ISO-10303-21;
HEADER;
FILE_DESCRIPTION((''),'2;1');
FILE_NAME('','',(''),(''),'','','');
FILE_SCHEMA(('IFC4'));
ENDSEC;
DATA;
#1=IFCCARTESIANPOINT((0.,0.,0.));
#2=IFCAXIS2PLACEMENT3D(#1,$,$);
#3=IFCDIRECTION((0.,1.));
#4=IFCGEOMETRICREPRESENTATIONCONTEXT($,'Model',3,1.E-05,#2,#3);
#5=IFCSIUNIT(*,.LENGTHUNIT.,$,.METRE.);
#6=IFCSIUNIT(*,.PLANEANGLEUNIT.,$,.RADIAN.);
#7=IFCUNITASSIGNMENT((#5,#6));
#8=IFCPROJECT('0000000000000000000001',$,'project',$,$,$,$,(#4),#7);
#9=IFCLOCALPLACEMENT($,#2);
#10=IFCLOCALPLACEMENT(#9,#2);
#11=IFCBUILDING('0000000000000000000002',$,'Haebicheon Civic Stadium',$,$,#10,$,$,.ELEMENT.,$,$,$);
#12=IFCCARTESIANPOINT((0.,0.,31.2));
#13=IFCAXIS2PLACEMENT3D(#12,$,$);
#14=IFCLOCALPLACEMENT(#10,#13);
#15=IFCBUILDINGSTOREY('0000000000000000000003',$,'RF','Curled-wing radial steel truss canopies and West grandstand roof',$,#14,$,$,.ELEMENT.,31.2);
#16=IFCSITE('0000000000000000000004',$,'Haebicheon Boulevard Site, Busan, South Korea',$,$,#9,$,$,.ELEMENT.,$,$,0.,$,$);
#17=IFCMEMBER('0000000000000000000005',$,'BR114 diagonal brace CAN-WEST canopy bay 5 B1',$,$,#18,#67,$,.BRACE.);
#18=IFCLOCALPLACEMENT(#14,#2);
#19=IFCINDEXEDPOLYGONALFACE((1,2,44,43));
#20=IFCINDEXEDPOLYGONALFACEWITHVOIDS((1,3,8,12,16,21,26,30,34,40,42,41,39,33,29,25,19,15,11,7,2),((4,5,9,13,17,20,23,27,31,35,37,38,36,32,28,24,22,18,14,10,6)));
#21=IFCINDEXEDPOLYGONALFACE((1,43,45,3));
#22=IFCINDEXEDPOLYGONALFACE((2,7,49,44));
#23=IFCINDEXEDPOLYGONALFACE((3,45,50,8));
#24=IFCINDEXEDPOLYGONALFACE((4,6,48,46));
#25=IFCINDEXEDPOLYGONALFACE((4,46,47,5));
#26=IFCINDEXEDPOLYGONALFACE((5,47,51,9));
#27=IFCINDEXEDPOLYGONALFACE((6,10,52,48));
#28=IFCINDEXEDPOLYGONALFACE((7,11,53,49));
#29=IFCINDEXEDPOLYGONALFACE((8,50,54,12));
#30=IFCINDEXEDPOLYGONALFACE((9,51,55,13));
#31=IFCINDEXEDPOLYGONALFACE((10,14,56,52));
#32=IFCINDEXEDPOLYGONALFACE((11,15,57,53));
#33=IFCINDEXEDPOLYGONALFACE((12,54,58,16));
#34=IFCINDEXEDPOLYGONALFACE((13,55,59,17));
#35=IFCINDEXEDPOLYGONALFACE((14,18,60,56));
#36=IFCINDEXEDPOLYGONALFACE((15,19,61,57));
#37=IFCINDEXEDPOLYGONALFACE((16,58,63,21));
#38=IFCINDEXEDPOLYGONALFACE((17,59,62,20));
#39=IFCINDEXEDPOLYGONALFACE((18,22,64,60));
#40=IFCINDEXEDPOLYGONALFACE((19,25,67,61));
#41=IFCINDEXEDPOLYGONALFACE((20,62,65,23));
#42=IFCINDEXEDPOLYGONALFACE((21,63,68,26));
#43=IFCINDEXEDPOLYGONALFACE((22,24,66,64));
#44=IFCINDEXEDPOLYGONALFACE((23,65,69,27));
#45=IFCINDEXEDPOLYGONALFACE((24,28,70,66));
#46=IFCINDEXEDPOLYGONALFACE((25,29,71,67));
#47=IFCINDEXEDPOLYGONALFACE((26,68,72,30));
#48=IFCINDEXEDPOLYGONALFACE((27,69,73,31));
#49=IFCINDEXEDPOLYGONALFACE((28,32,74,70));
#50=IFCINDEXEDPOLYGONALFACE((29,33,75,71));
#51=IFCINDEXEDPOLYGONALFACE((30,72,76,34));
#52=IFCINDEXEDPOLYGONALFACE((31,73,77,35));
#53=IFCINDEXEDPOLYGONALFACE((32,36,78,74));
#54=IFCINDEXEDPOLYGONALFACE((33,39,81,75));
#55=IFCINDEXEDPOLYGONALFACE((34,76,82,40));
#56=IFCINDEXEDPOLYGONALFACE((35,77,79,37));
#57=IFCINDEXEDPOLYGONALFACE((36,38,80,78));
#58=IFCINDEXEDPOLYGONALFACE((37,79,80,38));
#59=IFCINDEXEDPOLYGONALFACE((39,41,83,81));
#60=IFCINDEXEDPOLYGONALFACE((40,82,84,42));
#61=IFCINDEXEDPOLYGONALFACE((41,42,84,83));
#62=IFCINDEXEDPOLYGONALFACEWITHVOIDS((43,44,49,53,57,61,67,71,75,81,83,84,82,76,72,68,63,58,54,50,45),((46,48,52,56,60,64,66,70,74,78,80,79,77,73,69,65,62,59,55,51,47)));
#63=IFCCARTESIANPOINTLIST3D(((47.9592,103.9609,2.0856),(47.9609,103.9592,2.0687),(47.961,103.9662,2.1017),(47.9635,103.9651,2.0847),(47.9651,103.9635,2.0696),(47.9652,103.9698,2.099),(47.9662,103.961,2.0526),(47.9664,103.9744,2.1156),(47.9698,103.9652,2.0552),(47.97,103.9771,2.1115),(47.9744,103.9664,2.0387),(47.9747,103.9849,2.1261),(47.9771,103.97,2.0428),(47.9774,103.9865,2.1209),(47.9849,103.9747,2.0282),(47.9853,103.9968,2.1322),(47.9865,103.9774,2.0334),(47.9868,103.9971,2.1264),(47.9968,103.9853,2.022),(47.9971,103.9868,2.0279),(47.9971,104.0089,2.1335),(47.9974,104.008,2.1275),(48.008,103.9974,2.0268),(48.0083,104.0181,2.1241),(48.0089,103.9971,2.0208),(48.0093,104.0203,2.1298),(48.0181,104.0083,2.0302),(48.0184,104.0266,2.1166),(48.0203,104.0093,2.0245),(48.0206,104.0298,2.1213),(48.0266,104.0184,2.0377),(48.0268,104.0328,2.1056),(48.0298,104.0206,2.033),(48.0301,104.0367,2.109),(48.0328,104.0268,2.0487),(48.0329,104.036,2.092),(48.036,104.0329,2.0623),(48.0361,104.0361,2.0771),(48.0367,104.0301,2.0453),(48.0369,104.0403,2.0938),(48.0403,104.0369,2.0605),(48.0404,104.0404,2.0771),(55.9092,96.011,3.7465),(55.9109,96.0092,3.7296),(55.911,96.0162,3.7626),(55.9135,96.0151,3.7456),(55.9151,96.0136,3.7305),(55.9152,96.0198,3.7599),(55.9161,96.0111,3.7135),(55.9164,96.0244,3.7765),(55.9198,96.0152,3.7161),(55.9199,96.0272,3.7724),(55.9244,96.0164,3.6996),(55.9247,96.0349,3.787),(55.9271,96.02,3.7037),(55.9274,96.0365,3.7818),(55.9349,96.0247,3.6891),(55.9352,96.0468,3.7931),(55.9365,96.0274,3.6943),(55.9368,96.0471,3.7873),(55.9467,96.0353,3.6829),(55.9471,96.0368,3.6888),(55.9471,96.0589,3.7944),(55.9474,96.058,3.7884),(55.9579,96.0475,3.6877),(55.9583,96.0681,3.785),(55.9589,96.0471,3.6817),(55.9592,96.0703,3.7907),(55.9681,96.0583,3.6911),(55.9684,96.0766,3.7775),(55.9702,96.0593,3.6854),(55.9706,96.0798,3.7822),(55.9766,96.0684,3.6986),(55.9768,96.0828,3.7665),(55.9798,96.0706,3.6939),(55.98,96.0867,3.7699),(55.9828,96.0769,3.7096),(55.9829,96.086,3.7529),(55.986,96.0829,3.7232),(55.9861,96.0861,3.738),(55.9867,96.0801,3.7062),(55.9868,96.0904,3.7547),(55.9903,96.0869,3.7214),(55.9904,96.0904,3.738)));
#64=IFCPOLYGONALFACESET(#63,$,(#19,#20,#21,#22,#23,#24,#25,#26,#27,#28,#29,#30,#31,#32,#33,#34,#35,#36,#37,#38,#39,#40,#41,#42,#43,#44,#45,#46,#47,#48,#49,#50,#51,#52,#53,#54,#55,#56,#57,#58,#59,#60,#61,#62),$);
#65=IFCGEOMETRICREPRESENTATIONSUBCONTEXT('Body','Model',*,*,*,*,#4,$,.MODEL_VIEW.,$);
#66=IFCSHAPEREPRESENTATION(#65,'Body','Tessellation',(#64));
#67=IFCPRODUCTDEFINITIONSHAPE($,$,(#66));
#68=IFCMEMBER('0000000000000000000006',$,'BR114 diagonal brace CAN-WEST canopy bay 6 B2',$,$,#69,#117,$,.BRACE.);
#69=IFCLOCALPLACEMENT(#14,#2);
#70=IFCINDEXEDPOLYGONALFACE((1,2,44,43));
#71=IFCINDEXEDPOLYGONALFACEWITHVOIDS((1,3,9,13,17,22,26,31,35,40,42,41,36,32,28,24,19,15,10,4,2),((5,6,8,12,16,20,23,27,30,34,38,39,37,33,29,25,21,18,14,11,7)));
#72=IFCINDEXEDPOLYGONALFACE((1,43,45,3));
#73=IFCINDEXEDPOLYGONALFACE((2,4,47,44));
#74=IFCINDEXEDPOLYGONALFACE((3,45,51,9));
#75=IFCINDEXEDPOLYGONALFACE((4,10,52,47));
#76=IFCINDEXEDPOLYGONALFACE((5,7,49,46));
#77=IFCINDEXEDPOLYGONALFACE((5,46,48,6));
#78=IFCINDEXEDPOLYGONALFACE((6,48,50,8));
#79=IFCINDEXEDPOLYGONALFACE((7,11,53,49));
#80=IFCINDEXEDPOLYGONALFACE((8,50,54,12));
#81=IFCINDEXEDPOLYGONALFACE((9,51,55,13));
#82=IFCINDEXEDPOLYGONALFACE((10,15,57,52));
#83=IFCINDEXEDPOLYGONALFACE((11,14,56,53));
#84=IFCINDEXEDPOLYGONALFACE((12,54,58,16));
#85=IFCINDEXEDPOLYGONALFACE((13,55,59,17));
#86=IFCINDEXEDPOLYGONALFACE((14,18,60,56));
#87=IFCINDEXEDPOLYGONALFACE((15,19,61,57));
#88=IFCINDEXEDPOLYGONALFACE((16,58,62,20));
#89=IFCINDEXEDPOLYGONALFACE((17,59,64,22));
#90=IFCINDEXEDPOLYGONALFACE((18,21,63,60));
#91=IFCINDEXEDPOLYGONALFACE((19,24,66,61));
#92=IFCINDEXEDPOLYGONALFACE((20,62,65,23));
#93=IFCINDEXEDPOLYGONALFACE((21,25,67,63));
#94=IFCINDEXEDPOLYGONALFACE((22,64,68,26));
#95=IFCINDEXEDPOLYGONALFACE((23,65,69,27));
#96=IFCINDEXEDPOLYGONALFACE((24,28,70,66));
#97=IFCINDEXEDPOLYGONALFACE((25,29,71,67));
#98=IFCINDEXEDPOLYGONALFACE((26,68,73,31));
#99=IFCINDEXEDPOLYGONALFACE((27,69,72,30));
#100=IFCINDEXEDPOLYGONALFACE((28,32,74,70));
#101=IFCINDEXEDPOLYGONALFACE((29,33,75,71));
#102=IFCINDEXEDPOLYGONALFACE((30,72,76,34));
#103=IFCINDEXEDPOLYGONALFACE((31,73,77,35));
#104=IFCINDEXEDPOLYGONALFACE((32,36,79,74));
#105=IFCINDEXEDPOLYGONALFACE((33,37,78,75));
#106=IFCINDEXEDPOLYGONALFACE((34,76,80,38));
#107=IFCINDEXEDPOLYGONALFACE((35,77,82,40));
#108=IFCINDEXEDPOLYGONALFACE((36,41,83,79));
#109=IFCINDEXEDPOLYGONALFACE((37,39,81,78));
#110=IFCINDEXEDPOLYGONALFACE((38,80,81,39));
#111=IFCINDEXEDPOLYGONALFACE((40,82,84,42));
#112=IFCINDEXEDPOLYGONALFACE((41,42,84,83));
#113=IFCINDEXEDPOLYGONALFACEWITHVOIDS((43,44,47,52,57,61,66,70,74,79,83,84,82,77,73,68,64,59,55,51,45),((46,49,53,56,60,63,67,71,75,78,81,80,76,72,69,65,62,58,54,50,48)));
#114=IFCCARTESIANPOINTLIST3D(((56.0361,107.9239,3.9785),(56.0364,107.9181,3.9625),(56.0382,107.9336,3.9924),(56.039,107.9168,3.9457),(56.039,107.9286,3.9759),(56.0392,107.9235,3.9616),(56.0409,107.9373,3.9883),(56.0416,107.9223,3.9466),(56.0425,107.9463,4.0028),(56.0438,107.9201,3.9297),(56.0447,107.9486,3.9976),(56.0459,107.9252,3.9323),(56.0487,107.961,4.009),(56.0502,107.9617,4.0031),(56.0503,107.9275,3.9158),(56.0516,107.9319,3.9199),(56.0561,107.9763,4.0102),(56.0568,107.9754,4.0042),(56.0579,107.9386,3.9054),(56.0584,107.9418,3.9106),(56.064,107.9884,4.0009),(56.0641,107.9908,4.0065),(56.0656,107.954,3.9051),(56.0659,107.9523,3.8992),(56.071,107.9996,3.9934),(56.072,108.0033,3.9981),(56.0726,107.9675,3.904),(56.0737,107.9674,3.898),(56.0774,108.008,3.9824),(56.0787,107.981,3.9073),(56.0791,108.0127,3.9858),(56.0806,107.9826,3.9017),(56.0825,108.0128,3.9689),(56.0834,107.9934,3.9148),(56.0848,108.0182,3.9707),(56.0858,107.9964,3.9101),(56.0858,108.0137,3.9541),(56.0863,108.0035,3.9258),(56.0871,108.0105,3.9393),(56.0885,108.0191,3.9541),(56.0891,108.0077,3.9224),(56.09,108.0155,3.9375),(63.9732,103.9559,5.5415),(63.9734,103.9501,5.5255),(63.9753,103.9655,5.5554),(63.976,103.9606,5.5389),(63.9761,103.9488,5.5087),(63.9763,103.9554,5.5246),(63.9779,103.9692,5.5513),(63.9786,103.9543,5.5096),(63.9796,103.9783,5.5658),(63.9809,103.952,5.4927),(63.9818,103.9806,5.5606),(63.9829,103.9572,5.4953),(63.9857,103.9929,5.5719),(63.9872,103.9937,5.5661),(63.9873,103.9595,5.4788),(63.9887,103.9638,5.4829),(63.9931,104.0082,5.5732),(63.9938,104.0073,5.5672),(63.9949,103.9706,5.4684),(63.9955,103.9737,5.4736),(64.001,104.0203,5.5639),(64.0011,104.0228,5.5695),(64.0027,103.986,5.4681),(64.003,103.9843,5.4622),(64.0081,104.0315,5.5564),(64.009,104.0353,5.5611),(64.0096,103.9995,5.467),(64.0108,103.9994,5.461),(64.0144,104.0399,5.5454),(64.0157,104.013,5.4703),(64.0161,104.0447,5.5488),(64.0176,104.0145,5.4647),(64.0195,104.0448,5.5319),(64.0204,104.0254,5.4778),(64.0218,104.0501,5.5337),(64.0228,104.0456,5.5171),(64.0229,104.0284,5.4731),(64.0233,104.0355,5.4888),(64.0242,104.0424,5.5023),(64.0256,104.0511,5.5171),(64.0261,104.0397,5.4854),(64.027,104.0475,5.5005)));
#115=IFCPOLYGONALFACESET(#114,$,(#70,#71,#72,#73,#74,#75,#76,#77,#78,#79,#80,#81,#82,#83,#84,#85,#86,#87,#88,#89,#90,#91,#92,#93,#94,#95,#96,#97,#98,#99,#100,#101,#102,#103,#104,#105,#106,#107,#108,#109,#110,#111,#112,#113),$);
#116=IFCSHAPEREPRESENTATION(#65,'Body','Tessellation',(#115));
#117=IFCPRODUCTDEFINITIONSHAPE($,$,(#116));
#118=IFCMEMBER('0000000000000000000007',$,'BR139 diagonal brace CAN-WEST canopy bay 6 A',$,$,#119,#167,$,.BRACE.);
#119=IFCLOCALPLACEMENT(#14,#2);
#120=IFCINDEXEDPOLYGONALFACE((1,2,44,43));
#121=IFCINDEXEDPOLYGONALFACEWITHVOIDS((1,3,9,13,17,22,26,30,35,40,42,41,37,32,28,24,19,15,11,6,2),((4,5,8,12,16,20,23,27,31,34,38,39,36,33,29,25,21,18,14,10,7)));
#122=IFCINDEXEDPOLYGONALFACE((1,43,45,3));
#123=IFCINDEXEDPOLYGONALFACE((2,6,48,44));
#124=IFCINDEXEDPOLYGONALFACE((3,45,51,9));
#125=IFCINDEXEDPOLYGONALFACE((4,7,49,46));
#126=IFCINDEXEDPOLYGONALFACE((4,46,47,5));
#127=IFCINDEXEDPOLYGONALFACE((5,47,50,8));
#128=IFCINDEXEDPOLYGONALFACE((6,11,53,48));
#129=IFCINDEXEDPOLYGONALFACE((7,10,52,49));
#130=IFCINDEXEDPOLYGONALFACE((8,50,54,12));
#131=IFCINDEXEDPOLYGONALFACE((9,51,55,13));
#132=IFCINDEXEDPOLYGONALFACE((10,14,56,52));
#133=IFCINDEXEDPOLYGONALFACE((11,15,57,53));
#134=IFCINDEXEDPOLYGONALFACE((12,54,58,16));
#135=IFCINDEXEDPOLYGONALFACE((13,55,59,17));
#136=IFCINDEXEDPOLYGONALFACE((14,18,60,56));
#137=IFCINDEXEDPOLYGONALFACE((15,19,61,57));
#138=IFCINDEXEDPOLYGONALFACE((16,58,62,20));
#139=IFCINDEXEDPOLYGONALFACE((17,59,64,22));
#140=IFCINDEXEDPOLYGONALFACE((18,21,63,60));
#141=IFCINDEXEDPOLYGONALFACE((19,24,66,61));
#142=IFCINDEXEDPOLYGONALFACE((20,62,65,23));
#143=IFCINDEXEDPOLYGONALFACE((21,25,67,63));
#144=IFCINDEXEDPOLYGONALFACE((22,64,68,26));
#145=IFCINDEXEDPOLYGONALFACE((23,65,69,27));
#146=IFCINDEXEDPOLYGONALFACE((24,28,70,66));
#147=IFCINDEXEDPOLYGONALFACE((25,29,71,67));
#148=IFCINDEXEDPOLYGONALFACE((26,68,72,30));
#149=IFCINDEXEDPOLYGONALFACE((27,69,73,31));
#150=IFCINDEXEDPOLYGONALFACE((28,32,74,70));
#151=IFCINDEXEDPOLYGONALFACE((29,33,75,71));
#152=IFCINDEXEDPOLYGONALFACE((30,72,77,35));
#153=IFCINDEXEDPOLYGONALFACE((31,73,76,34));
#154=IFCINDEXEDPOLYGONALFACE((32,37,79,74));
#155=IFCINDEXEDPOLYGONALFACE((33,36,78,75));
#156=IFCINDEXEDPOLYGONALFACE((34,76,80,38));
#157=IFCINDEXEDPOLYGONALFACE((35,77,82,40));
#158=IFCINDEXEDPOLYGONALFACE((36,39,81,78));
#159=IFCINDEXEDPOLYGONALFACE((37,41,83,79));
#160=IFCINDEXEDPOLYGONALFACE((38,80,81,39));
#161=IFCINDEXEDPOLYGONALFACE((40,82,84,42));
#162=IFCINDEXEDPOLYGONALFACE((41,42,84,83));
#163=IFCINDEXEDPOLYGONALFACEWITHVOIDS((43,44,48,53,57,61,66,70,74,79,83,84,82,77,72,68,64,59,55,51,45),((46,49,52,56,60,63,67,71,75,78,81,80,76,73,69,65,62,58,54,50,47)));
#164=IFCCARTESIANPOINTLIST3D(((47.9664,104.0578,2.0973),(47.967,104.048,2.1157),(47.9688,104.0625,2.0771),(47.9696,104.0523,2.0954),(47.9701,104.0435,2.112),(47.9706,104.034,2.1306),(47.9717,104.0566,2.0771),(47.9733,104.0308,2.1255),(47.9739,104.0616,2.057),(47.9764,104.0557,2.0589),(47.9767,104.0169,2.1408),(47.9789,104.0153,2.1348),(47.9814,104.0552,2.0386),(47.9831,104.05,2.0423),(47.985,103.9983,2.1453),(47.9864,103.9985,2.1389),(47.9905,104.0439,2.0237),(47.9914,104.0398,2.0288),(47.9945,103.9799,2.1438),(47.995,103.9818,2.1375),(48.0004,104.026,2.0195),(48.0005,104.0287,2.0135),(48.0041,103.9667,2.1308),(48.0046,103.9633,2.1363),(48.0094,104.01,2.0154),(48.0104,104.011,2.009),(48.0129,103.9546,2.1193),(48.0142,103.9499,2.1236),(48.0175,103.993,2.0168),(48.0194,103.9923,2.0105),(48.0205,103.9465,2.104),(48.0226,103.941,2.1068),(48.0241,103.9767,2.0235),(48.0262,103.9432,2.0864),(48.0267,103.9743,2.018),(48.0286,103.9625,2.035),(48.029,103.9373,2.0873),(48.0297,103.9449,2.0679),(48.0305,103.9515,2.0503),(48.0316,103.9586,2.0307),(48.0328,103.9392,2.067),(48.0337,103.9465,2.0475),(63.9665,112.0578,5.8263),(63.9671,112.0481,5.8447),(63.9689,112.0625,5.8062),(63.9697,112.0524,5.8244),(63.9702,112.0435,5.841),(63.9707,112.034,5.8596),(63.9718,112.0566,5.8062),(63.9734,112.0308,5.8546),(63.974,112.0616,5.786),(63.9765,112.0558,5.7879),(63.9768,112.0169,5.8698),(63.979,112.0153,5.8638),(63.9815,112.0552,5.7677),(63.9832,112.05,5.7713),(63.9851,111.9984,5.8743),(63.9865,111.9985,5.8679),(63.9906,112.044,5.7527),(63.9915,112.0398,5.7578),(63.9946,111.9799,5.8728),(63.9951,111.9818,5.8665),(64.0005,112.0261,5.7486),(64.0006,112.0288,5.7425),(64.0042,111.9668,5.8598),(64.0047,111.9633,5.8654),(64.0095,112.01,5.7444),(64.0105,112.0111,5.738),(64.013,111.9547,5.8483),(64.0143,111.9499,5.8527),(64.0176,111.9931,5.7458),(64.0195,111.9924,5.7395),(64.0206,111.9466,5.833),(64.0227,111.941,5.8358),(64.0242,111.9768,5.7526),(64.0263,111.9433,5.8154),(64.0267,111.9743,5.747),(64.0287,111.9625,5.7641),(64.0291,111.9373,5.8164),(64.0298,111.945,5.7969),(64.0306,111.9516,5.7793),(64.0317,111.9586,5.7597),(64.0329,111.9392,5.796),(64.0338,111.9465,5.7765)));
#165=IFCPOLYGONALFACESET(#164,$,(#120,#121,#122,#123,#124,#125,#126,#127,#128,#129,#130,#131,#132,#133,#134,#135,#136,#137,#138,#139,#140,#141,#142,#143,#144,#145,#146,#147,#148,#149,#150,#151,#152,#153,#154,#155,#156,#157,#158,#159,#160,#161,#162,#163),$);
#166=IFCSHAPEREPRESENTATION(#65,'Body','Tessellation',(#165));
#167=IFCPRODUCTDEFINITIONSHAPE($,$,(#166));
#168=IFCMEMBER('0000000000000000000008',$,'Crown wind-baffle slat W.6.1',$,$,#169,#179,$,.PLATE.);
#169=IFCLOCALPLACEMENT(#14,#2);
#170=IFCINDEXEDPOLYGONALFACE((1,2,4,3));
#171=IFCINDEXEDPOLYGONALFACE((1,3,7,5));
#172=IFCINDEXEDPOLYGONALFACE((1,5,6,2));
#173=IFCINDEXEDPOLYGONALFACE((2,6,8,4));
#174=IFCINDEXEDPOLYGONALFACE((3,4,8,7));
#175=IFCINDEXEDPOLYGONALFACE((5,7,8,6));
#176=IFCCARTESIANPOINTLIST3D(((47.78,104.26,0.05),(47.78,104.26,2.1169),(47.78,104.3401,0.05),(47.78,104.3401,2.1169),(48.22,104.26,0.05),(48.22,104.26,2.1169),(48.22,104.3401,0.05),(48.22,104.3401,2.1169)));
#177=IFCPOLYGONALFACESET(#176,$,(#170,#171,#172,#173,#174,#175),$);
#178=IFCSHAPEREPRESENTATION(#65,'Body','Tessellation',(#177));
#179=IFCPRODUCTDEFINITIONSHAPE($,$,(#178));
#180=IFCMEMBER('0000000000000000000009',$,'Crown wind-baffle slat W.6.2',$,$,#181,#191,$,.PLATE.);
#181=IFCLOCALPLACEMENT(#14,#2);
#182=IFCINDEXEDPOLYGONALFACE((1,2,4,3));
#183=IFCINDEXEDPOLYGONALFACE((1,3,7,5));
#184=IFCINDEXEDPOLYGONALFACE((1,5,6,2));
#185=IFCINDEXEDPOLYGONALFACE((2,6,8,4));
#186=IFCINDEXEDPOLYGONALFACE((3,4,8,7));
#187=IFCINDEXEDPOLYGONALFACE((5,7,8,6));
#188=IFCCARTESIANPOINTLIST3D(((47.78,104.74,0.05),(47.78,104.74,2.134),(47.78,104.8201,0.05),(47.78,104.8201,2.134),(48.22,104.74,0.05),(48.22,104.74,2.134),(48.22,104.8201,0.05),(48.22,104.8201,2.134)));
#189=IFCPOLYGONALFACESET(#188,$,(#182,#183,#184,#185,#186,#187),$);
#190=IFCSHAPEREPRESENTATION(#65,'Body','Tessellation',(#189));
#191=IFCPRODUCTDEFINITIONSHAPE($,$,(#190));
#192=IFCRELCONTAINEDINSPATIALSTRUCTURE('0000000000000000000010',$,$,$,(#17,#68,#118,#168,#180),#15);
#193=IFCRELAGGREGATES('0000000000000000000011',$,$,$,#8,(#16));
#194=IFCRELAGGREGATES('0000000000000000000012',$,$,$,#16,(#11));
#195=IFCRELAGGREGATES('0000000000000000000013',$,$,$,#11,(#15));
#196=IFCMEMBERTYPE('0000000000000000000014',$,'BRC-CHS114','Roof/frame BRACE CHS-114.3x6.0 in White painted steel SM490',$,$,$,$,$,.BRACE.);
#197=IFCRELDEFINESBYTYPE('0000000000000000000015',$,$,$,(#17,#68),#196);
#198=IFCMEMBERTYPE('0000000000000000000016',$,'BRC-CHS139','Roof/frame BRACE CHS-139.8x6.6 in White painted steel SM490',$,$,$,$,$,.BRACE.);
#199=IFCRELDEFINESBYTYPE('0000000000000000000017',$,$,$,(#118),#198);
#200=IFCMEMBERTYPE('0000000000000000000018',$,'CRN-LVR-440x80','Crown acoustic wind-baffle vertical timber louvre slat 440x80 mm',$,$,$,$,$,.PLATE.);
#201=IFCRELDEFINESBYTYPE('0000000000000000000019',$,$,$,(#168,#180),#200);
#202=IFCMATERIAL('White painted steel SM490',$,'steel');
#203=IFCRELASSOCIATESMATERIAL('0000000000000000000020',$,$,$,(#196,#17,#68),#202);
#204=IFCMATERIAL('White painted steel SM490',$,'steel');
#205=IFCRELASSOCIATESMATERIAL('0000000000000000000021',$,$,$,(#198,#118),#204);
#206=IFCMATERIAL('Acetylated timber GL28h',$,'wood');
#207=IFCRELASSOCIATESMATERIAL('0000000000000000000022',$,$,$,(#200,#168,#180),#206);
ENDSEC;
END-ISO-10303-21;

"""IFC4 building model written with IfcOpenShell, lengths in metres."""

from ifc_helpers import new_model, si_unit, direction, frame, origin, origin_2d, place, context, subcontext, project, spatial, rectangle, hollow_circle, extrude, material, material_profile, profile_set, type_object, element, save


model = new_model("IFC4")

# Units and contexts
model_context = context("Model", 3, precision=1e-05, world=origin(), true_north=direction((0.0, 1.0)))
body_context = subcontext(model_context, "Body", "Model", "MODEL_VIEW")
ifc_project = project(units=[si_unit("LENGTHUNIT", "METRE"), si_unit("PLANEANGLEUNIT", "RADIAN")], contexts=[model_context])

# Site, building, storey
site_placement = place(None, origin())
site = spatial("IfcSite", under=ifc_project, at=site_placement, Name="Haebicheon Boulevard Site, Busan, South Korea", CompositionType="ELEMENT", RefElevation=0.0)
building_placement = place(site_placement, origin())
building = spatial("IfcBuilding", under=site, at=building_placement, Name="Haebicheon Civic Stadium", CompositionType="ELEMENT")
storey_placement = place(building_placement, frame((0.0, 0.0, 31.2)))
storey = spatial("IfcBuildingStorey", under=building, at=storey_placement, Name="RF", Description="Curled-wing radial steel truss canopies and West grandstand roof", CompositionType="ELEMENT", Elevation=31.2)

# Members
ifc_material_1 = material(Name="White painted steel SM490", Category="steel")
ifc_material_profile_1 = material_profile(ifc_material_1, hollow_circle(Radius=0.0571, WallThickness=0.0061, at=origin_2d()), Name="CHS-114.3x6.0")
ifc_profile_set_1 = profile_set([ifc_material_profile_1], Name="White painted steel SM490")
member_type_1 = type_object("IfcMemberType", Name="BRC-CHS114", Description="Roof/frame BRACE CHS-114.3x6.0 in White painted steel SM490", PredefinedType="BRACE", material=ifc_profile_set_1)
member_1_placement = place(storey_placement, frame((48.0, 104.0, 2.0771), z_axis=(0.699515, -0.699515, 0.146141), x_axis=(0.707107, 0.707107, 0.0)))
element("IfcMember", 1, at=member_1_placement, inside=storey, type_object=member_type_1, material=ifc_profile_set_1, Name="BR114 diagonal brace CAN-WEST canopy bay 5 B1", PredefinedType="BRACE", context=body_context, shape_type="SweptSolid", body=[
    extrude(hollow_circle(Radius=0.0571, WallThickness=0.0061, at=origin_2d()), origin(), (0.0, 0.0, 1.0), 11.365),
])
member_2_placement = place(storey_placement, frame((56.063, 107.968, 3.9541), z_axis=(0.880889, -0.44039, 0.173468), x_axis=(0.44717, 0.894449, 0.0)))
element("IfcMember", 2, at=member_2_placement, inside=storey, type_object=member_type_1, material=ifc_profile_set_1, Name="BR114 diagonal brace CAN-WEST canopy bay 6 B2", PredefinedType="BRACE", context=body_context, shape_type="SweptSolid", body=[
    extrude(hollow_circle(Radius=0.0571, WallThickness=0.0061, at=origin_2d()), origin(), (0.0, 0.0, 1.0), 9.0103),
])
ifc_material_2 = material(Name="White painted steel SM490", Category="steel")
ifc_material_profile_2 = material_profile(ifc_material_2, hollow_circle(Radius=0.0698, WallThickness=0.0066, at=origin_2d()), Name="CHS-139.8x6.6")
ifc_profile_set_2 = profile_set([ifc_material_profile_2], Name="White painted steel SM490")
member_type_2 = type_object("IfcMemberType", Name="BRC-CHS139", Description="Roof/frame BRACE CHS-139.8x6.6 in White painted steel SM490", PredefinedType="BRACE", material=ifc_profile_set_2)
member_3_placement = place(storey_placement, frame((48.0, 104.0, 2.0771), z_axis=(0.875605, 0.437802, 0.204071), x_axis=(-0.447214, 0.894427, 0.0)))
element("IfcMember", 3, at=member_3_placement, inside=storey, type_object=member_type_2, material=ifc_profile_set_2, Name="BR139 diagonal brace CAN-WEST canopy bay 6 A", PredefinedType="BRACE", context=body_context, shape_type="SweptSolid", body=[
    extrude(hollow_circle(Radius=0.0698, WallThickness=0.0066, at=origin_2d()), origin(), (0.0, 0.0, 1.0), 18.2732),
])
ifc_material_3 = material(Name="Acetylated timber GL28h", Category="wood")
ifc_material_profile_3 = material_profile(ifc_material_3, rectangle(XDim=0.0801, YDim=0.4399, at=origin_2d()), Name="TMB-LOUV-80x440")
ifc_profile_set_3 = profile_set([ifc_material_profile_3], Name="Acetylated timber GL28h")
member_type_3 = type_object("IfcMemberType", Name="CRN-LVR-440x80", Description="Crown acoustic wind-baffle vertical timber louvre slat 440x80 mm", PredefinedType="PLATE", material=ifc_profile_set_3)
member_4_placement = place(storey_placement, frame((48.0, 104.3, 0.05), z_axis=(0.0, 0.0, 1.0), x_axis=(0.0, 1.0, 0.0)))
element("IfcMember", 4, at=member_4_placement, inside=storey, type_object=member_type_3, material=ifc_profile_set_3, Name="Crown wind-baffle slat W.6.1", PredefinedType="PLATE", context=body_context, shape_type="SweptSolid", body=[
    extrude(rectangle(XDim=0.0801, YDim=0.4399, at=origin_2d()), origin(), (0.0, 0.0, 1.0), 2.0669),
])
member_5_placement = place(storey_placement, frame((48.0, 104.78, 0.05), z_axis=(0.0, 0.0, 1.0), x_axis=(0.0, 1.0, 0.0)))
element("IfcMember", 5, at=member_5_placement, inside=storey, type_object=member_type_3, material=ifc_profile_set_3, Name="Crown wind-baffle slat W.6.2", PredefinedType="PLATE", context=body_context, shape_type="SweptSolid", body=[
    extrude(rectangle(XDim=0.0801, YDim=0.4399, at=origin_2d()), origin(), (0.0, 0.0, 1.0), 2.084),
])

save(model, "model.ifc")
